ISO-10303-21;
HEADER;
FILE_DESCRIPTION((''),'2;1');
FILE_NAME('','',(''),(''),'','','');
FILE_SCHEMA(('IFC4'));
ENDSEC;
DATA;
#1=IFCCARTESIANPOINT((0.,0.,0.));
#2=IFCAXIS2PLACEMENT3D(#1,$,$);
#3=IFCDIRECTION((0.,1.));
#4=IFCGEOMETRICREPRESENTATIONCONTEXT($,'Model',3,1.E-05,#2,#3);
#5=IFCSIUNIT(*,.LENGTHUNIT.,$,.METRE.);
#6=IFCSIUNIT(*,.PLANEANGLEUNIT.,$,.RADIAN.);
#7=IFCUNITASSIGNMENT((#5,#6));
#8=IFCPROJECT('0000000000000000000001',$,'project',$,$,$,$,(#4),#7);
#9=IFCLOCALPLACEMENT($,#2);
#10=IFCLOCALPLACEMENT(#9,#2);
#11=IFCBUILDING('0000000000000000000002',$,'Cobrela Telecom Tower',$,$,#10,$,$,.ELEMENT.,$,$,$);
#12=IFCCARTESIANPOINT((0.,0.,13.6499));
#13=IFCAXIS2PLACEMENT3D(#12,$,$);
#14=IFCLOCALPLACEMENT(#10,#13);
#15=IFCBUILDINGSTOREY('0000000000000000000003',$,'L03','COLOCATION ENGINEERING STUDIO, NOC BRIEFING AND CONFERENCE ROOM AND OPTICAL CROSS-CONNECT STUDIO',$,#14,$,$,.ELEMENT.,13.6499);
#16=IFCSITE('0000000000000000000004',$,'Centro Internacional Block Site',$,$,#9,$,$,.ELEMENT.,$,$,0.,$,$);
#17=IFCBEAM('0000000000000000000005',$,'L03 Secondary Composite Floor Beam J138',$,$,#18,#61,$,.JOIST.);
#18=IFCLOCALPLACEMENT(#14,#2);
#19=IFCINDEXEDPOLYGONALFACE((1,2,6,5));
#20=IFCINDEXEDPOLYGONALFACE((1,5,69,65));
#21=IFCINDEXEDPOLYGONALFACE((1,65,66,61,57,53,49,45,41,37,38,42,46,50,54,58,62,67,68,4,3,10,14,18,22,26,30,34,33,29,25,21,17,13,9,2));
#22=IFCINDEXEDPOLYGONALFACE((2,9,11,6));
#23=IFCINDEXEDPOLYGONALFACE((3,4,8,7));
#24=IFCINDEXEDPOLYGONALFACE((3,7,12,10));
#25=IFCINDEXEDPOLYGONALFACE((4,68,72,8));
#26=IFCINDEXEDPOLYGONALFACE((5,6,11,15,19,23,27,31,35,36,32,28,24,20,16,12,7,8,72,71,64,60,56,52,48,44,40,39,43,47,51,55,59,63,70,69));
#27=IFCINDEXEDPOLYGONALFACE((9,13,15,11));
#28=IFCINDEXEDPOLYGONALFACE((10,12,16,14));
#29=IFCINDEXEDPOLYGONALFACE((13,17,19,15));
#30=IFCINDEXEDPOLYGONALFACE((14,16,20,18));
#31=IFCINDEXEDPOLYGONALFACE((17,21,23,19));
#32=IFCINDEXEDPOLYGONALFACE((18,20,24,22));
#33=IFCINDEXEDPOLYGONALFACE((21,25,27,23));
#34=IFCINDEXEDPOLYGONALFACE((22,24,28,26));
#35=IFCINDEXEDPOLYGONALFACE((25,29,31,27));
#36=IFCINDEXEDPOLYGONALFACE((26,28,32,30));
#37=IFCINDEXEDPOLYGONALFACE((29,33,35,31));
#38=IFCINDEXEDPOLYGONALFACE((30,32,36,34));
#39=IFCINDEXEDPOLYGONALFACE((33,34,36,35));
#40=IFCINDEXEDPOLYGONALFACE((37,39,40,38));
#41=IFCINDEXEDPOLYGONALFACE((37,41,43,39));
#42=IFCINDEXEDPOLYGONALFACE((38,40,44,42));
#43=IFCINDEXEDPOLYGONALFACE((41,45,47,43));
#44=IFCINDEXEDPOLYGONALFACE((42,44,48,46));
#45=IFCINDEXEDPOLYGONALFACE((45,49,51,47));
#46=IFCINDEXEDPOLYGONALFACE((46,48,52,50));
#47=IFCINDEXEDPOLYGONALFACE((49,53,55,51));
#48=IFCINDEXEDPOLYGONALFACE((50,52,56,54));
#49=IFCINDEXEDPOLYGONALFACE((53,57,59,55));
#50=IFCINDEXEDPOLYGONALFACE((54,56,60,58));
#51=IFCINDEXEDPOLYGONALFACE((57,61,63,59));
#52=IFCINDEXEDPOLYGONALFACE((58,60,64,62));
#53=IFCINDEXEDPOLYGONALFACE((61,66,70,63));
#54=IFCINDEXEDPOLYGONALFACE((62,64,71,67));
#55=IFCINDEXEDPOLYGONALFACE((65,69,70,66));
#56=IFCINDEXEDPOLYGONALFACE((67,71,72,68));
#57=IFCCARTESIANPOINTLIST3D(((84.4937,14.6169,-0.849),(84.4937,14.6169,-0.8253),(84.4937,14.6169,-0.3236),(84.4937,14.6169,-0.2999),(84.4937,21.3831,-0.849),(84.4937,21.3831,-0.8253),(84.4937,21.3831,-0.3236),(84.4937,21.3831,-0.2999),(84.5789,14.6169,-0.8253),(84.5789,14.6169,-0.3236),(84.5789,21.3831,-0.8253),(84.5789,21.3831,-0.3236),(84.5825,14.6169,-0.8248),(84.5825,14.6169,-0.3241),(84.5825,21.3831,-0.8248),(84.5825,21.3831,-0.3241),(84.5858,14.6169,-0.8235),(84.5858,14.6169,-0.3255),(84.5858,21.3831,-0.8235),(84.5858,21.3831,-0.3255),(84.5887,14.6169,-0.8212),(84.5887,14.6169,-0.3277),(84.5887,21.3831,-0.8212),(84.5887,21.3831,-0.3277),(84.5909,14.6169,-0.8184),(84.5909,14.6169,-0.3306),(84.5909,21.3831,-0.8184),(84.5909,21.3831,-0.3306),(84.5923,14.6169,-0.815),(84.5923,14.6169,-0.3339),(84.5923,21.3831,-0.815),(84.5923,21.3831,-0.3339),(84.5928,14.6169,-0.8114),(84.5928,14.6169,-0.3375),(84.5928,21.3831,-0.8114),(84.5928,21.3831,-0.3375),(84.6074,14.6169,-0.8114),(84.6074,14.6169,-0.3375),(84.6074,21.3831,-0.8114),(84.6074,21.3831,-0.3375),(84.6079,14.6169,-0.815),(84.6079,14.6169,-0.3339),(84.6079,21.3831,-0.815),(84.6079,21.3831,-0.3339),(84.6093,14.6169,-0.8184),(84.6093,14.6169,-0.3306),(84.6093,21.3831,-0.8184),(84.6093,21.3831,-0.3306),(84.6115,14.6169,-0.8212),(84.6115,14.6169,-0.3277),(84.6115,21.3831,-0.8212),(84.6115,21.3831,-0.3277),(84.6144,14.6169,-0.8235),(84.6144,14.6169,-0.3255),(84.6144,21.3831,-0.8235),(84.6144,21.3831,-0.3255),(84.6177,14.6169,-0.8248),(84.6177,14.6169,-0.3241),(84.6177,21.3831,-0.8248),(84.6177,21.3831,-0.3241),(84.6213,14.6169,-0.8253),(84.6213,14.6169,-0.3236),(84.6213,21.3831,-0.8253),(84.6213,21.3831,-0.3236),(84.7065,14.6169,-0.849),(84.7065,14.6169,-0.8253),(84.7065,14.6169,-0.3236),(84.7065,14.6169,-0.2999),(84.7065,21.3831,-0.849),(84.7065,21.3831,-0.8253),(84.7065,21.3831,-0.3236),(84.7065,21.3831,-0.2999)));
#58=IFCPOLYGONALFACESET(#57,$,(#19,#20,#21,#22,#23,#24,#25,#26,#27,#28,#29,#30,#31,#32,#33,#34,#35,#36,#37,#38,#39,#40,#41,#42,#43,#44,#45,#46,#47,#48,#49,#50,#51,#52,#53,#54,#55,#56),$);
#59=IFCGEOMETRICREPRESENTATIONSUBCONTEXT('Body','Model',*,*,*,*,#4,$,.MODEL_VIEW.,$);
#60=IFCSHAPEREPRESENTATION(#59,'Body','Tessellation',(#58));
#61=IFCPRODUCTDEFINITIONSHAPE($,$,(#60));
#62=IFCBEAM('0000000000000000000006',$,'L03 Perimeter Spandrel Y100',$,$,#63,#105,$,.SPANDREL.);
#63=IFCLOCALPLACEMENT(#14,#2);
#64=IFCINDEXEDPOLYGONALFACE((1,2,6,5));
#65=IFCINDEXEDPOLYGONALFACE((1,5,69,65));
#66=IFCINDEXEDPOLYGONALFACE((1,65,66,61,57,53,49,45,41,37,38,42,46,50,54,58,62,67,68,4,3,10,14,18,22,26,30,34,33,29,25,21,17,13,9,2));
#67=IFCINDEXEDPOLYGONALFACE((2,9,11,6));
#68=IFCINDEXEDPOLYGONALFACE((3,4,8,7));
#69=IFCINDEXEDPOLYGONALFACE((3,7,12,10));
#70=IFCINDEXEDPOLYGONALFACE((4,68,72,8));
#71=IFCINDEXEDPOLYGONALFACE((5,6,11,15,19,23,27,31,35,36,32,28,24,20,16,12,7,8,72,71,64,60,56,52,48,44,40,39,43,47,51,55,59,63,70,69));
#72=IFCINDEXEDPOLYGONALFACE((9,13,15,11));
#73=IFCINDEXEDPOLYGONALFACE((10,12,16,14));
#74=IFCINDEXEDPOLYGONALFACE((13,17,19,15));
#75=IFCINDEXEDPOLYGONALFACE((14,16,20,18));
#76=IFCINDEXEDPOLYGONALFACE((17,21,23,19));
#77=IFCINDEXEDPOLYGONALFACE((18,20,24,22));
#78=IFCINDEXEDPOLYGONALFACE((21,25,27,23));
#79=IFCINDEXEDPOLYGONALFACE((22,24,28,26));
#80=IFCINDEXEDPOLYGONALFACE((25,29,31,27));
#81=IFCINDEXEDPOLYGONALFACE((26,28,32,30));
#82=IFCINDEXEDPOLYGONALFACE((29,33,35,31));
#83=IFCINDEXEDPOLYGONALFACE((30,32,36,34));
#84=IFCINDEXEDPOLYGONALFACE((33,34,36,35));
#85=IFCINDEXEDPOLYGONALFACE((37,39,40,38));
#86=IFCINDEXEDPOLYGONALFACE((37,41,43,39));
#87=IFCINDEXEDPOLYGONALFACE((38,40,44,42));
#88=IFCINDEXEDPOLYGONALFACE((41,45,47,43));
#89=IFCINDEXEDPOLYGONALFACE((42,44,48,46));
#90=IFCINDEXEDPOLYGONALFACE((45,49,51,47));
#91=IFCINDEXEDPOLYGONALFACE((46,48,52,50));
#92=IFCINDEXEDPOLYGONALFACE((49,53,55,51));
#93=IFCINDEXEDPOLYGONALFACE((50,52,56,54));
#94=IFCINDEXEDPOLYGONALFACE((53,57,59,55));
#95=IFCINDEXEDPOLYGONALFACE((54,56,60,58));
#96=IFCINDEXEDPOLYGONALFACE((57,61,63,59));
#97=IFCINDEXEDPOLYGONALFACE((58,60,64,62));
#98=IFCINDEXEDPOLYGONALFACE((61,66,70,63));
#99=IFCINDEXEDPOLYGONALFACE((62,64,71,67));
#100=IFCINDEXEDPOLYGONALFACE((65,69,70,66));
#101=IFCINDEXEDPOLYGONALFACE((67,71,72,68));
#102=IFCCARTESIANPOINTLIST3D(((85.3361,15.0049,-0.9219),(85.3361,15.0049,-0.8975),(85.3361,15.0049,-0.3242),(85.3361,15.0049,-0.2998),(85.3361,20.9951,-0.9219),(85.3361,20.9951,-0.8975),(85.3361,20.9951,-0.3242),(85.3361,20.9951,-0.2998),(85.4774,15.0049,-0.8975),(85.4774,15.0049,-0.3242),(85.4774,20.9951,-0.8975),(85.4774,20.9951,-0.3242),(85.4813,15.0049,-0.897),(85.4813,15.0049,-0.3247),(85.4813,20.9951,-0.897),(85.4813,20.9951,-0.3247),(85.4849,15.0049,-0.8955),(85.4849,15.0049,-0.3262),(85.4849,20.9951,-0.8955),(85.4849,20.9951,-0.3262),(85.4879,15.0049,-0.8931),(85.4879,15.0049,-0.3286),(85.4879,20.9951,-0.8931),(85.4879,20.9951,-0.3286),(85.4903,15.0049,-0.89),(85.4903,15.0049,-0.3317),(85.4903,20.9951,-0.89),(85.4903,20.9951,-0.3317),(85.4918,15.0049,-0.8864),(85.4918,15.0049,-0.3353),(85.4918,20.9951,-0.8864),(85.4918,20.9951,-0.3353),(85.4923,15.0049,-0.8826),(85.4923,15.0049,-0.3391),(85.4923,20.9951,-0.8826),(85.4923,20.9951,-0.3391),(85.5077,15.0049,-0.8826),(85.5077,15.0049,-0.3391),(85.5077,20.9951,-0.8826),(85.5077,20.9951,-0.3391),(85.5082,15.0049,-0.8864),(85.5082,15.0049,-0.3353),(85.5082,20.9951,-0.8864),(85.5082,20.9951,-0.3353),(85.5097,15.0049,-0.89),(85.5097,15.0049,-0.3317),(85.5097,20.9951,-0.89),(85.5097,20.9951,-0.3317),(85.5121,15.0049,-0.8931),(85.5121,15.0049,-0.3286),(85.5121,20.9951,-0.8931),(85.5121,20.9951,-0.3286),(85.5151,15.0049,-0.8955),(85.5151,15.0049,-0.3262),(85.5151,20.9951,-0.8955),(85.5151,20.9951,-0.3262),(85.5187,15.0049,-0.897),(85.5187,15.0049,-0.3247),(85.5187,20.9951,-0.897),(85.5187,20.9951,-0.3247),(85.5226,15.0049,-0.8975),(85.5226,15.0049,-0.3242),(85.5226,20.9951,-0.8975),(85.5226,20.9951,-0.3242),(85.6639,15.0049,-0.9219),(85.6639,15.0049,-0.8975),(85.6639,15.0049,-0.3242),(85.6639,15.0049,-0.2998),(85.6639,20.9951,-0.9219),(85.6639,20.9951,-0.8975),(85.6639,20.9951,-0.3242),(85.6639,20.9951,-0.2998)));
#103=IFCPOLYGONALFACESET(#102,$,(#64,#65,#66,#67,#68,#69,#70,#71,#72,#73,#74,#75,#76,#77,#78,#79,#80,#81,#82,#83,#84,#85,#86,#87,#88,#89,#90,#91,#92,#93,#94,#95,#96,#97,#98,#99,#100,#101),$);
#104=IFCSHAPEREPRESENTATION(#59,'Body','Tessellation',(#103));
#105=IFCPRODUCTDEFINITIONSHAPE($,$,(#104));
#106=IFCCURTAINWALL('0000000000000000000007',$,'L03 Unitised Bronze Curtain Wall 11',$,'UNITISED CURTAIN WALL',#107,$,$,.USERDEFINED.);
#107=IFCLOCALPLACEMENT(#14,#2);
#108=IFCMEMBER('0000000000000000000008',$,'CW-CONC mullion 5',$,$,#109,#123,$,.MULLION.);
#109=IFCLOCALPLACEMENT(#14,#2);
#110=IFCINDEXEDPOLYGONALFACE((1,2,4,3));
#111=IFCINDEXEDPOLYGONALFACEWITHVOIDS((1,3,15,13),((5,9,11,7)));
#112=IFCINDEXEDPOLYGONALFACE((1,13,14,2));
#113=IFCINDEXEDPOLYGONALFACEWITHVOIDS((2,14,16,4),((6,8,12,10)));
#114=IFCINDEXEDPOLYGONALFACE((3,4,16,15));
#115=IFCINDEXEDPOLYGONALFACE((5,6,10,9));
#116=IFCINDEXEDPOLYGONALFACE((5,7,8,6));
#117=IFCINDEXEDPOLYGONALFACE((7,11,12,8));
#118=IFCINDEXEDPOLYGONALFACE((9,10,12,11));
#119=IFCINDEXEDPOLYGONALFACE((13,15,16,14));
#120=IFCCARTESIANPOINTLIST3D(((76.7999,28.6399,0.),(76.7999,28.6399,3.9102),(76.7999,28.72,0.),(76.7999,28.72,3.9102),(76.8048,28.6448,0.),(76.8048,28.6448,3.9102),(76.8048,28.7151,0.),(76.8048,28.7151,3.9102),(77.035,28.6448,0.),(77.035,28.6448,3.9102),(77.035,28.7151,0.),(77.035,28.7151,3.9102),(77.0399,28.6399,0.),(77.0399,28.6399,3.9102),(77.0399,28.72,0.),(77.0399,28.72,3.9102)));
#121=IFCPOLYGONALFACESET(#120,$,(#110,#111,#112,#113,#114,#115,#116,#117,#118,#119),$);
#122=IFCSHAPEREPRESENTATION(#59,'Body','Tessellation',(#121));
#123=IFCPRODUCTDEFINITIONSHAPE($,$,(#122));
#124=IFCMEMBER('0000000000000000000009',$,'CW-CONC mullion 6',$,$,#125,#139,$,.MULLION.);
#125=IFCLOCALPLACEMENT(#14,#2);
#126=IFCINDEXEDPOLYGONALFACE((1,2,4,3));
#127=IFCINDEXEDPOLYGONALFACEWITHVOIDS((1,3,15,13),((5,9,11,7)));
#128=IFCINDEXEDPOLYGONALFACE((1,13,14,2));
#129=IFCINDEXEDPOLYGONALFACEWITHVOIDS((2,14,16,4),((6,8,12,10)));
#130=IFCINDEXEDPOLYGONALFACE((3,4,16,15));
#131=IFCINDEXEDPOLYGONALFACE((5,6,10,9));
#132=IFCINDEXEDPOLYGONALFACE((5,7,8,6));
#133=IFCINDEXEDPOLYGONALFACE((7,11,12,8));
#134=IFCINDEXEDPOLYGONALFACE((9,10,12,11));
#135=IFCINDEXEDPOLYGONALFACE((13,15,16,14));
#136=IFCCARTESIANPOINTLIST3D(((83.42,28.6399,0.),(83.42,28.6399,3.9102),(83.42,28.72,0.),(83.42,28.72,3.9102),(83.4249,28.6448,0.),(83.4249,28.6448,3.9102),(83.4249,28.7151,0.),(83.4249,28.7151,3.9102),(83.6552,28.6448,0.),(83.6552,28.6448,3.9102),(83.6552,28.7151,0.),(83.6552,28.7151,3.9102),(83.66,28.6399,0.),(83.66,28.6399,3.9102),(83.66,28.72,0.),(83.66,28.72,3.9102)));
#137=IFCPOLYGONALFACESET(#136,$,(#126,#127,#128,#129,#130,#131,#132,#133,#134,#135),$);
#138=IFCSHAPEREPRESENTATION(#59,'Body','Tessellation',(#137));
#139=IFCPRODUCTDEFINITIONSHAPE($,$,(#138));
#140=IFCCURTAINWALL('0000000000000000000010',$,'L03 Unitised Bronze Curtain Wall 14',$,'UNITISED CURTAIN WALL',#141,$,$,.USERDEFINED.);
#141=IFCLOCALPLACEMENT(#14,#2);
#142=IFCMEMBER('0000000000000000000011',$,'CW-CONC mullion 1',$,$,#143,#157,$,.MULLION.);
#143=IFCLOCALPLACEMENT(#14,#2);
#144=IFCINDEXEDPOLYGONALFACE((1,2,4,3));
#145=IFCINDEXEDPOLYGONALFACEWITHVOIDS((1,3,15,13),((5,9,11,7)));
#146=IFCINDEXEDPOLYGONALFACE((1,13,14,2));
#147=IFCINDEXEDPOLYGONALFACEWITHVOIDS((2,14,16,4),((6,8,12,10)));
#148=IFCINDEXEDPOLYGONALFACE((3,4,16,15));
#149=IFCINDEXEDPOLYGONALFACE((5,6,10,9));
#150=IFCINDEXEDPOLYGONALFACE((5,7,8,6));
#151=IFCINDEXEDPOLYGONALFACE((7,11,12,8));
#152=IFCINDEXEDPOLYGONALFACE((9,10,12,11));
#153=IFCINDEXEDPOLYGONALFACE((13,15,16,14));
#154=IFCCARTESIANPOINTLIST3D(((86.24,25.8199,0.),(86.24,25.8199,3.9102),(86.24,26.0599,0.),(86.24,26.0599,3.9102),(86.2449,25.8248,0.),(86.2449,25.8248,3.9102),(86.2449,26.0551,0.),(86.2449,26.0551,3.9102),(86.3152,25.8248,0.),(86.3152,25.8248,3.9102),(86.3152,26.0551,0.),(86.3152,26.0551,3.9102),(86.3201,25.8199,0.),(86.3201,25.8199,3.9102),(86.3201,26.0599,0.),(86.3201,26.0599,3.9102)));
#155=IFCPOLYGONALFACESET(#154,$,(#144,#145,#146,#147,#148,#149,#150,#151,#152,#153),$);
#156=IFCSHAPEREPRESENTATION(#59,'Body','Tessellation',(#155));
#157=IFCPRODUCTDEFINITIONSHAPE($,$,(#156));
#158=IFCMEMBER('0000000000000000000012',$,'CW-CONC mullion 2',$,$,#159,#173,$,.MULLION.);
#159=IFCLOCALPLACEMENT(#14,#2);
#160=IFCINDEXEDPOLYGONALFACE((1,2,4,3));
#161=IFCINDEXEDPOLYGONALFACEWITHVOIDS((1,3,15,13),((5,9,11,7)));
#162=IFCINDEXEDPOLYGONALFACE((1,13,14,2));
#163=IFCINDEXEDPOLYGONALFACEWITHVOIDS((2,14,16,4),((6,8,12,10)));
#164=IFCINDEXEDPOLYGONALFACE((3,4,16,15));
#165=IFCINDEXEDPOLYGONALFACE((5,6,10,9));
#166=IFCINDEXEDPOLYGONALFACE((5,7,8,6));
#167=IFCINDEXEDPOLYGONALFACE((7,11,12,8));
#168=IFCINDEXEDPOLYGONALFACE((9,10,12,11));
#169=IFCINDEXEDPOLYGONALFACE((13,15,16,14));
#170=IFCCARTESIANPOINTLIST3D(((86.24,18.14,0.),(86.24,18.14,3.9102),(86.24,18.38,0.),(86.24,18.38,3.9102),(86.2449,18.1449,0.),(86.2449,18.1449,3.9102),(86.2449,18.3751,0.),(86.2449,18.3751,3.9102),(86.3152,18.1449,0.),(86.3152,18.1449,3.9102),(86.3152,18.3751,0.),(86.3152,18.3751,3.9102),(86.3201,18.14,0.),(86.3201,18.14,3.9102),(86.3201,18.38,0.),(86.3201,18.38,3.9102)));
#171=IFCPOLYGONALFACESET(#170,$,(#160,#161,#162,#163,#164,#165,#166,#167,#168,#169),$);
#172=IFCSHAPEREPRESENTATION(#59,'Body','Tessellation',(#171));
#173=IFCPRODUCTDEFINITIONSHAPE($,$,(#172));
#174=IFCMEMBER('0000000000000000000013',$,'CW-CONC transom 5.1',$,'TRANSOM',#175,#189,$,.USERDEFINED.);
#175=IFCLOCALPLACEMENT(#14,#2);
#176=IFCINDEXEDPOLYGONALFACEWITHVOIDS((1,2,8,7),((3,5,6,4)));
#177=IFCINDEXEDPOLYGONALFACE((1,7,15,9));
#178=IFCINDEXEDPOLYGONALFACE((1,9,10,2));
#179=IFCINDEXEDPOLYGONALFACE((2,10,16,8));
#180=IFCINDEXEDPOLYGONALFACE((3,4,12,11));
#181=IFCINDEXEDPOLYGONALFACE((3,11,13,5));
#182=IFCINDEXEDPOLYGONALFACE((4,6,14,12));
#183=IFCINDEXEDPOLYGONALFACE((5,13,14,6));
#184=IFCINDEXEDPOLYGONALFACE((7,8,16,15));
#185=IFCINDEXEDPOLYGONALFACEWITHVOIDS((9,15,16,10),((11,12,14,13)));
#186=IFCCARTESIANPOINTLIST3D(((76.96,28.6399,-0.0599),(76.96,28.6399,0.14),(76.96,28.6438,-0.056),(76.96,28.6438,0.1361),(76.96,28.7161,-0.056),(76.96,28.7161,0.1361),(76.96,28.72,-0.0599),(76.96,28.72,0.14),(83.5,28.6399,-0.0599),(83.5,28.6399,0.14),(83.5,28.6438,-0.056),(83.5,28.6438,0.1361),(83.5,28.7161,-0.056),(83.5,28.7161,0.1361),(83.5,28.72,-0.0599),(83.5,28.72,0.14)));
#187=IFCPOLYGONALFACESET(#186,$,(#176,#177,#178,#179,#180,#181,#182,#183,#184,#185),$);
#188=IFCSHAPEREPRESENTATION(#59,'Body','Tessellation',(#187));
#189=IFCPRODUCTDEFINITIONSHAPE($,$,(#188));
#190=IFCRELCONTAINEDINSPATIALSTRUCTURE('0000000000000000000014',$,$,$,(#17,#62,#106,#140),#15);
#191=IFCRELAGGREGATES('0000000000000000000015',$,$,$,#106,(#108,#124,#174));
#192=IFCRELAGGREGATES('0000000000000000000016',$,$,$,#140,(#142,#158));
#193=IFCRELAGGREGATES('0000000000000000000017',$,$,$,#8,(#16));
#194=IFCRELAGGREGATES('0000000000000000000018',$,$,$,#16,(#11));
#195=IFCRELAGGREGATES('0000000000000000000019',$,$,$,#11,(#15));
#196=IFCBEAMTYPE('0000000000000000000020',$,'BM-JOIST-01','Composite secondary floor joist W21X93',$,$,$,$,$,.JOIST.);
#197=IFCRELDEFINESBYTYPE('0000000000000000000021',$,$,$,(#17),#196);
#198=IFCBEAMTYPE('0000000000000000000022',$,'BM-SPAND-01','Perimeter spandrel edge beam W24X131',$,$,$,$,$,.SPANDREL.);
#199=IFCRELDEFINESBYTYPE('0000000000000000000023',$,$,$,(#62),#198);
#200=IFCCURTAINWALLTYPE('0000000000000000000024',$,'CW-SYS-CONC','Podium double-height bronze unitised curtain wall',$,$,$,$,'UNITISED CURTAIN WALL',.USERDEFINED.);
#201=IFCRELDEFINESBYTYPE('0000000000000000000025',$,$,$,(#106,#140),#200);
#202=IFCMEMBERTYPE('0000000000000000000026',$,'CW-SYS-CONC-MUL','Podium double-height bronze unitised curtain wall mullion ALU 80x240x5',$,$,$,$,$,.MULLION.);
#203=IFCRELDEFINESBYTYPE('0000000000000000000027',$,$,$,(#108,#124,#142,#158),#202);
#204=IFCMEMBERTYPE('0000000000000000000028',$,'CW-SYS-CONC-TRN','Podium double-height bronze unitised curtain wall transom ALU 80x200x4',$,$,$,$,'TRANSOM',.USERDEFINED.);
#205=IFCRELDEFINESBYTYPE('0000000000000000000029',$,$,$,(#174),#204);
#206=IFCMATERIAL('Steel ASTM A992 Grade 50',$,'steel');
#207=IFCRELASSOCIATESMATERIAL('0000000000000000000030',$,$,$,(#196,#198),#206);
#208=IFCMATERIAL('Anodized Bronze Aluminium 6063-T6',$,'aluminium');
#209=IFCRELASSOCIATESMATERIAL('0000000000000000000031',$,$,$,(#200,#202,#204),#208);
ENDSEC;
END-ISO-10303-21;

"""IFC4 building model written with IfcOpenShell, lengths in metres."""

from ifc_helpers import new_model, si_unit, direction, frame, origin, origin_2d, place, context, subcontext, project, spatial, hollow_rectangle, i_section, extrude, material, material_profile, profile_set, type_object, element, aggregate, save


model = new_model("IFC4")

# Units and contexts
model_context = context("Model", 3, precision=1e-05, world=origin(), true_north=direction((0.0, 1.0)))
body_context = subcontext(model_context, "Body", "Model", "MODEL_VIEW")
ifc_project = project(units=[si_unit("LENGTHUNIT", "METRE"), si_unit("PLANEANGLEUNIT", "RADIAN")], contexts=[model_context])

# Site, building, storey
site_placement = place(None, origin())
site = spatial("IfcSite", under=ifc_project, at=site_placement, Name="Centro Internacional Block Site", CompositionType="ELEMENT", RefElevation=0.0)
building_placement = place(site_placement, origin())
building = spatial("IfcBuilding", under=site, at=building_placement, Name="Cobrela Telecom Tower", CompositionType="ELEMENT")
storey_placement = place(building_placement, frame((0.0, 0.0, 13.6499)))
storey = spatial("IfcBuildingStorey", under=building, at=storey_placement, Name="L03", Description="COLOCATION ENGINEERING STUDIO, NOC BRIEFING AND CONFERENCE ROOM AND OPTICAL CROSS-CONNECT STUDIO", CompositionType="ELEMENT", Elevation=13.6499)

# Beams
ifc_material_1 = material(Name="Steel ASTM A992 Grade 50", Category="steel")
ifc_material_profile_1 = material_profile(ifc_material_1, i_section(OverallWidth=0.2129, OverallDepth=0.5491, WebThickness=0.0146, FlangeThickness=0.0237, FilletRadius=0.0139, at=origin_2d()), Name="W21X93")
ifc_profile_set_1 = profile_set([ifc_material_profile_1], Name="Steel ASTM A992 Grade 50")
beam_type_1 = type_object("IfcBeamType", Name="BM-JOIST-01", Description="Composite secondary floor joist W21X93", PredefinedType="JOIST", material=ifc_profile_set_1)
for number, where, z_axis, x_axis, name in (
    (1, (84.6001, 14.6169, -0.5745), (0.0, 1.0, 0.0), (-1.0, 0.0, 0.0), "L03 Secondary Composite Floor Beam J138"),
):
    element("IfcBeam", number, at=place(storey_placement, frame(where, z_axis=z_axis, x_axis=x_axis)), inside=storey, type_object=beam_type_1, Name=name, PredefinedType="JOIST", context=body_context, shape_type="SweptSolid", body=[
        extrude(i_section(OverallWidth=0.2129, OverallDepth=0.5491, WebThickness=0.0146, FlangeThickness=0.0237, FilletRadius=0.0139, at=origin_2d()), origin(), (0.0, 0.0, 1.0), 6.7661),
    ])
ifc_material_profile_2 = material_profile(ifc_material_1, i_section(OverallWidth=0.3279, OverallDepth=0.6221, WebThickness=0.0154, FlangeThickness=0.0244, FilletRadius=0.0149, at=origin_2d()), Name="W24X131")
ifc_profile_set_2 = profile_set([ifc_material_profile_2], Name="Steel ASTM A992 Grade 50")
beam_type_2 = type_object("IfcBeamType", Name="BM-SPAND-01", Description="Perimeter spandrel edge beam W24X131", PredefinedType="SPANDREL", material=ifc_profile_set_2)
beam_1_placement = place(storey_placement, frame((85.5, 15.0049, -0.6108), z_axis=(0.0, 1.0, 0.0), x_axis=(-1.0, 0.0, 0.0)))
element("IfcBeam", 2, at=beam_1_placement, inside=storey, type_object=beam_type_2, Name="L03 Perimeter Spandrel Y100", PredefinedType="SPANDREL", context=body_context, shape_type="SweptSolid", body=[
    extrude(i_section(OverallWidth=0.3279, OverallDepth=0.6221, WebThickness=0.0154, FlangeThickness=0.0244, FilletRadius=0.0149, at=origin_2d()), origin(), (0.0, 0.0, 1.0), 5.9902),
])

# Curtain walls, members
ifc_material_2 = material(Name="Anodized Bronze Aluminium 6063-T6", Category="aluminium")
curtain_wall_type = type_object("IfcCurtainWallType", Name="CW-SYS-CONC", Description="Podium double-height bronze unitised curtain wall", ElementType="UNITISED CURTAIN WALL", PredefinedType="USERDEFINED", material=ifc_material_2)
curtain_wall_1_placement = place(storey_placement, origin())
curtain_wall_1 = element("IfcCurtainWall", 3, at=curtain_wall_1_placement, inside=storey, type_object=curtain_wall_type, Name="L03 Unitised Bronze Curtain Wall 11", ObjectType="UNITISED CURTAIN WALL", PredefinedType="USERDEFINED")
ifc_material_profile_3 = material_profile(ifc_material_2, hollow_rectangle(XDim=0.0801, YDim=0.24, WallThickness=0.0049, at=origin_2d()), Name="ALU 80x240x5")
ifc_profile_set_3 = profile_set([ifc_material_profile_3], Name="Anodized Bronze Aluminium 6063-T6")
member_type_1 = type_object("IfcMemberType", Name="CW-SYS-CONC-MUL", Description="Podium double-height bronze unitised curtain wall mullion ALU 80x240x5", PredefinedType="MULLION", material=ifc_profile_set_3)
member_1_placement = place(storey_placement, frame((76.9199, 28.6799, 0.0), z_axis=(0.0, 0.0, 1.0), x_axis=(0.0, 1.0, 0.0)))
member_1 = element("IfcMember", 4, at=member_1_placement, type_object=member_type_1, Name="CW-CONC mullion 5", PredefinedType="MULLION", context=body_context, shape_type="SweptSolid", body=[
    extrude(hollow_rectangle(XDim=0.0801, YDim=0.24, WallThickness=0.0049, at=origin_2d()), origin(), (0.0, 0.0, 1.0), 3.9102),
])
member_2_placement = place(storey_placement, frame((83.54, 28.6799, 0.0), z_axis=(0.0, 0.0, 1.0), x_axis=(0.0, 1.0, 0.0)))
member_2 = element("IfcMember", 5, at=member_2_placement, type_object=member_type_1, Name="CW-CONC mullion 6", PredefinedType="MULLION", context=body_context, shape_type="SweptSolid", body=[
    extrude(hollow_rectangle(XDim=0.0801, YDim=0.24, WallThickness=0.0049, at=origin_2d()), origin(), (0.0, 0.0, 1.0), 3.9102),
])
curtain_wall_2_placement = place(storey_placement, origin())
curtain_wall_2 = element("IfcCurtainWall", 6, at=curtain_wall_2_placement, inside=storey, type_object=curtain_wall_type, Name="L03 Unitised Bronze Curtain Wall 14", ObjectType="UNITISED CURTAIN WALL", PredefinedType="USERDEFINED")
member_3_placement = place(storey_placement, frame((86.28, 25.9399, 0.0), z_axis=(0.0, 0.0, 1.0), x_axis=(1.0, 0.0, 0.0)))
member_3 = element("IfcMember", 7, at=member_3_placement, type_object=member_type_1, Name="CW-CONC mullion 1", PredefinedType="MULLION", context=body_context, shape_type="SweptSolid", body=[
    extrude(hollow_rectangle(XDim=0.0801, YDim=0.24, WallThickness=0.0049, at=origin_2d()), origin(), (0.0, 0.0, 1.0), 3.9102),
])
member_4_placement = place(storey_placement, frame((86.28, 18.26, 0.0), z_axis=(0.0, 0.0, 1.0), x_axis=(1.0, 0.0, 0.0)))
member_4 = element("IfcMember", 8, at=member_4_placement, type_object=member_type_1, Name="CW-CONC mullion 2", PredefinedType="MULLION", context=body_context, shape_type="SweptSolid", body=[
    extrude(hollow_rectangle(XDim=0.0801, YDim=0.24, WallThickness=0.0049, at=origin_2d()), origin(), (0.0, 0.0, 1.0), 3.9102),
])

# Member
ifc_material_profile_4 = material_profile(ifc_material_2, hollow_rectangle(XDim=0.0801, YDim=0.2, WallThickness=0.0039, at=origin_2d()), Name="ALU 80x200x4")
ifc_profile_set_4 = profile_set([ifc_material_profile_4], Name="Anodized Bronze Aluminium 6063-T6")
member_type_2 = type_object("IfcMemberType", Name="CW-SYS-CONC-TRN", Description="Podium double-height bronze unitised curtain wall transom ALU 80x200x4", ElementType="TRANSOM", PredefinedType="USERDEFINED", material=ifc_profile_set_4)
member_5_placement = place(storey_placement, frame((76.96, 28.6799, 0.04), z_axis=(1.0, 0.0, 0.0), x_axis=(0.0, 1.0, 0.0)))
member_5 = element("IfcMember", 9, at=member_5_placement, type_object=member_type_2, Name="CW-CONC transom 5.1", ObjectType="TRANSOM", PredefinedType="USERDEFINED", context=body_context, shape_type="SweptSolid", body=[
    extrude(hollow_rectangle(XDim=0.0801, YDim=0.2, WallThickness=0.0039, at=origin_2d()), origin(), (0.0, 0.0, 1.0), 6.54),
])

aggregate(curtain_wall_1, [member_1, member_2, member_5])
aggregate(curtain_wall_2, [member_3, member_4])

save(model, "model.ifc")
